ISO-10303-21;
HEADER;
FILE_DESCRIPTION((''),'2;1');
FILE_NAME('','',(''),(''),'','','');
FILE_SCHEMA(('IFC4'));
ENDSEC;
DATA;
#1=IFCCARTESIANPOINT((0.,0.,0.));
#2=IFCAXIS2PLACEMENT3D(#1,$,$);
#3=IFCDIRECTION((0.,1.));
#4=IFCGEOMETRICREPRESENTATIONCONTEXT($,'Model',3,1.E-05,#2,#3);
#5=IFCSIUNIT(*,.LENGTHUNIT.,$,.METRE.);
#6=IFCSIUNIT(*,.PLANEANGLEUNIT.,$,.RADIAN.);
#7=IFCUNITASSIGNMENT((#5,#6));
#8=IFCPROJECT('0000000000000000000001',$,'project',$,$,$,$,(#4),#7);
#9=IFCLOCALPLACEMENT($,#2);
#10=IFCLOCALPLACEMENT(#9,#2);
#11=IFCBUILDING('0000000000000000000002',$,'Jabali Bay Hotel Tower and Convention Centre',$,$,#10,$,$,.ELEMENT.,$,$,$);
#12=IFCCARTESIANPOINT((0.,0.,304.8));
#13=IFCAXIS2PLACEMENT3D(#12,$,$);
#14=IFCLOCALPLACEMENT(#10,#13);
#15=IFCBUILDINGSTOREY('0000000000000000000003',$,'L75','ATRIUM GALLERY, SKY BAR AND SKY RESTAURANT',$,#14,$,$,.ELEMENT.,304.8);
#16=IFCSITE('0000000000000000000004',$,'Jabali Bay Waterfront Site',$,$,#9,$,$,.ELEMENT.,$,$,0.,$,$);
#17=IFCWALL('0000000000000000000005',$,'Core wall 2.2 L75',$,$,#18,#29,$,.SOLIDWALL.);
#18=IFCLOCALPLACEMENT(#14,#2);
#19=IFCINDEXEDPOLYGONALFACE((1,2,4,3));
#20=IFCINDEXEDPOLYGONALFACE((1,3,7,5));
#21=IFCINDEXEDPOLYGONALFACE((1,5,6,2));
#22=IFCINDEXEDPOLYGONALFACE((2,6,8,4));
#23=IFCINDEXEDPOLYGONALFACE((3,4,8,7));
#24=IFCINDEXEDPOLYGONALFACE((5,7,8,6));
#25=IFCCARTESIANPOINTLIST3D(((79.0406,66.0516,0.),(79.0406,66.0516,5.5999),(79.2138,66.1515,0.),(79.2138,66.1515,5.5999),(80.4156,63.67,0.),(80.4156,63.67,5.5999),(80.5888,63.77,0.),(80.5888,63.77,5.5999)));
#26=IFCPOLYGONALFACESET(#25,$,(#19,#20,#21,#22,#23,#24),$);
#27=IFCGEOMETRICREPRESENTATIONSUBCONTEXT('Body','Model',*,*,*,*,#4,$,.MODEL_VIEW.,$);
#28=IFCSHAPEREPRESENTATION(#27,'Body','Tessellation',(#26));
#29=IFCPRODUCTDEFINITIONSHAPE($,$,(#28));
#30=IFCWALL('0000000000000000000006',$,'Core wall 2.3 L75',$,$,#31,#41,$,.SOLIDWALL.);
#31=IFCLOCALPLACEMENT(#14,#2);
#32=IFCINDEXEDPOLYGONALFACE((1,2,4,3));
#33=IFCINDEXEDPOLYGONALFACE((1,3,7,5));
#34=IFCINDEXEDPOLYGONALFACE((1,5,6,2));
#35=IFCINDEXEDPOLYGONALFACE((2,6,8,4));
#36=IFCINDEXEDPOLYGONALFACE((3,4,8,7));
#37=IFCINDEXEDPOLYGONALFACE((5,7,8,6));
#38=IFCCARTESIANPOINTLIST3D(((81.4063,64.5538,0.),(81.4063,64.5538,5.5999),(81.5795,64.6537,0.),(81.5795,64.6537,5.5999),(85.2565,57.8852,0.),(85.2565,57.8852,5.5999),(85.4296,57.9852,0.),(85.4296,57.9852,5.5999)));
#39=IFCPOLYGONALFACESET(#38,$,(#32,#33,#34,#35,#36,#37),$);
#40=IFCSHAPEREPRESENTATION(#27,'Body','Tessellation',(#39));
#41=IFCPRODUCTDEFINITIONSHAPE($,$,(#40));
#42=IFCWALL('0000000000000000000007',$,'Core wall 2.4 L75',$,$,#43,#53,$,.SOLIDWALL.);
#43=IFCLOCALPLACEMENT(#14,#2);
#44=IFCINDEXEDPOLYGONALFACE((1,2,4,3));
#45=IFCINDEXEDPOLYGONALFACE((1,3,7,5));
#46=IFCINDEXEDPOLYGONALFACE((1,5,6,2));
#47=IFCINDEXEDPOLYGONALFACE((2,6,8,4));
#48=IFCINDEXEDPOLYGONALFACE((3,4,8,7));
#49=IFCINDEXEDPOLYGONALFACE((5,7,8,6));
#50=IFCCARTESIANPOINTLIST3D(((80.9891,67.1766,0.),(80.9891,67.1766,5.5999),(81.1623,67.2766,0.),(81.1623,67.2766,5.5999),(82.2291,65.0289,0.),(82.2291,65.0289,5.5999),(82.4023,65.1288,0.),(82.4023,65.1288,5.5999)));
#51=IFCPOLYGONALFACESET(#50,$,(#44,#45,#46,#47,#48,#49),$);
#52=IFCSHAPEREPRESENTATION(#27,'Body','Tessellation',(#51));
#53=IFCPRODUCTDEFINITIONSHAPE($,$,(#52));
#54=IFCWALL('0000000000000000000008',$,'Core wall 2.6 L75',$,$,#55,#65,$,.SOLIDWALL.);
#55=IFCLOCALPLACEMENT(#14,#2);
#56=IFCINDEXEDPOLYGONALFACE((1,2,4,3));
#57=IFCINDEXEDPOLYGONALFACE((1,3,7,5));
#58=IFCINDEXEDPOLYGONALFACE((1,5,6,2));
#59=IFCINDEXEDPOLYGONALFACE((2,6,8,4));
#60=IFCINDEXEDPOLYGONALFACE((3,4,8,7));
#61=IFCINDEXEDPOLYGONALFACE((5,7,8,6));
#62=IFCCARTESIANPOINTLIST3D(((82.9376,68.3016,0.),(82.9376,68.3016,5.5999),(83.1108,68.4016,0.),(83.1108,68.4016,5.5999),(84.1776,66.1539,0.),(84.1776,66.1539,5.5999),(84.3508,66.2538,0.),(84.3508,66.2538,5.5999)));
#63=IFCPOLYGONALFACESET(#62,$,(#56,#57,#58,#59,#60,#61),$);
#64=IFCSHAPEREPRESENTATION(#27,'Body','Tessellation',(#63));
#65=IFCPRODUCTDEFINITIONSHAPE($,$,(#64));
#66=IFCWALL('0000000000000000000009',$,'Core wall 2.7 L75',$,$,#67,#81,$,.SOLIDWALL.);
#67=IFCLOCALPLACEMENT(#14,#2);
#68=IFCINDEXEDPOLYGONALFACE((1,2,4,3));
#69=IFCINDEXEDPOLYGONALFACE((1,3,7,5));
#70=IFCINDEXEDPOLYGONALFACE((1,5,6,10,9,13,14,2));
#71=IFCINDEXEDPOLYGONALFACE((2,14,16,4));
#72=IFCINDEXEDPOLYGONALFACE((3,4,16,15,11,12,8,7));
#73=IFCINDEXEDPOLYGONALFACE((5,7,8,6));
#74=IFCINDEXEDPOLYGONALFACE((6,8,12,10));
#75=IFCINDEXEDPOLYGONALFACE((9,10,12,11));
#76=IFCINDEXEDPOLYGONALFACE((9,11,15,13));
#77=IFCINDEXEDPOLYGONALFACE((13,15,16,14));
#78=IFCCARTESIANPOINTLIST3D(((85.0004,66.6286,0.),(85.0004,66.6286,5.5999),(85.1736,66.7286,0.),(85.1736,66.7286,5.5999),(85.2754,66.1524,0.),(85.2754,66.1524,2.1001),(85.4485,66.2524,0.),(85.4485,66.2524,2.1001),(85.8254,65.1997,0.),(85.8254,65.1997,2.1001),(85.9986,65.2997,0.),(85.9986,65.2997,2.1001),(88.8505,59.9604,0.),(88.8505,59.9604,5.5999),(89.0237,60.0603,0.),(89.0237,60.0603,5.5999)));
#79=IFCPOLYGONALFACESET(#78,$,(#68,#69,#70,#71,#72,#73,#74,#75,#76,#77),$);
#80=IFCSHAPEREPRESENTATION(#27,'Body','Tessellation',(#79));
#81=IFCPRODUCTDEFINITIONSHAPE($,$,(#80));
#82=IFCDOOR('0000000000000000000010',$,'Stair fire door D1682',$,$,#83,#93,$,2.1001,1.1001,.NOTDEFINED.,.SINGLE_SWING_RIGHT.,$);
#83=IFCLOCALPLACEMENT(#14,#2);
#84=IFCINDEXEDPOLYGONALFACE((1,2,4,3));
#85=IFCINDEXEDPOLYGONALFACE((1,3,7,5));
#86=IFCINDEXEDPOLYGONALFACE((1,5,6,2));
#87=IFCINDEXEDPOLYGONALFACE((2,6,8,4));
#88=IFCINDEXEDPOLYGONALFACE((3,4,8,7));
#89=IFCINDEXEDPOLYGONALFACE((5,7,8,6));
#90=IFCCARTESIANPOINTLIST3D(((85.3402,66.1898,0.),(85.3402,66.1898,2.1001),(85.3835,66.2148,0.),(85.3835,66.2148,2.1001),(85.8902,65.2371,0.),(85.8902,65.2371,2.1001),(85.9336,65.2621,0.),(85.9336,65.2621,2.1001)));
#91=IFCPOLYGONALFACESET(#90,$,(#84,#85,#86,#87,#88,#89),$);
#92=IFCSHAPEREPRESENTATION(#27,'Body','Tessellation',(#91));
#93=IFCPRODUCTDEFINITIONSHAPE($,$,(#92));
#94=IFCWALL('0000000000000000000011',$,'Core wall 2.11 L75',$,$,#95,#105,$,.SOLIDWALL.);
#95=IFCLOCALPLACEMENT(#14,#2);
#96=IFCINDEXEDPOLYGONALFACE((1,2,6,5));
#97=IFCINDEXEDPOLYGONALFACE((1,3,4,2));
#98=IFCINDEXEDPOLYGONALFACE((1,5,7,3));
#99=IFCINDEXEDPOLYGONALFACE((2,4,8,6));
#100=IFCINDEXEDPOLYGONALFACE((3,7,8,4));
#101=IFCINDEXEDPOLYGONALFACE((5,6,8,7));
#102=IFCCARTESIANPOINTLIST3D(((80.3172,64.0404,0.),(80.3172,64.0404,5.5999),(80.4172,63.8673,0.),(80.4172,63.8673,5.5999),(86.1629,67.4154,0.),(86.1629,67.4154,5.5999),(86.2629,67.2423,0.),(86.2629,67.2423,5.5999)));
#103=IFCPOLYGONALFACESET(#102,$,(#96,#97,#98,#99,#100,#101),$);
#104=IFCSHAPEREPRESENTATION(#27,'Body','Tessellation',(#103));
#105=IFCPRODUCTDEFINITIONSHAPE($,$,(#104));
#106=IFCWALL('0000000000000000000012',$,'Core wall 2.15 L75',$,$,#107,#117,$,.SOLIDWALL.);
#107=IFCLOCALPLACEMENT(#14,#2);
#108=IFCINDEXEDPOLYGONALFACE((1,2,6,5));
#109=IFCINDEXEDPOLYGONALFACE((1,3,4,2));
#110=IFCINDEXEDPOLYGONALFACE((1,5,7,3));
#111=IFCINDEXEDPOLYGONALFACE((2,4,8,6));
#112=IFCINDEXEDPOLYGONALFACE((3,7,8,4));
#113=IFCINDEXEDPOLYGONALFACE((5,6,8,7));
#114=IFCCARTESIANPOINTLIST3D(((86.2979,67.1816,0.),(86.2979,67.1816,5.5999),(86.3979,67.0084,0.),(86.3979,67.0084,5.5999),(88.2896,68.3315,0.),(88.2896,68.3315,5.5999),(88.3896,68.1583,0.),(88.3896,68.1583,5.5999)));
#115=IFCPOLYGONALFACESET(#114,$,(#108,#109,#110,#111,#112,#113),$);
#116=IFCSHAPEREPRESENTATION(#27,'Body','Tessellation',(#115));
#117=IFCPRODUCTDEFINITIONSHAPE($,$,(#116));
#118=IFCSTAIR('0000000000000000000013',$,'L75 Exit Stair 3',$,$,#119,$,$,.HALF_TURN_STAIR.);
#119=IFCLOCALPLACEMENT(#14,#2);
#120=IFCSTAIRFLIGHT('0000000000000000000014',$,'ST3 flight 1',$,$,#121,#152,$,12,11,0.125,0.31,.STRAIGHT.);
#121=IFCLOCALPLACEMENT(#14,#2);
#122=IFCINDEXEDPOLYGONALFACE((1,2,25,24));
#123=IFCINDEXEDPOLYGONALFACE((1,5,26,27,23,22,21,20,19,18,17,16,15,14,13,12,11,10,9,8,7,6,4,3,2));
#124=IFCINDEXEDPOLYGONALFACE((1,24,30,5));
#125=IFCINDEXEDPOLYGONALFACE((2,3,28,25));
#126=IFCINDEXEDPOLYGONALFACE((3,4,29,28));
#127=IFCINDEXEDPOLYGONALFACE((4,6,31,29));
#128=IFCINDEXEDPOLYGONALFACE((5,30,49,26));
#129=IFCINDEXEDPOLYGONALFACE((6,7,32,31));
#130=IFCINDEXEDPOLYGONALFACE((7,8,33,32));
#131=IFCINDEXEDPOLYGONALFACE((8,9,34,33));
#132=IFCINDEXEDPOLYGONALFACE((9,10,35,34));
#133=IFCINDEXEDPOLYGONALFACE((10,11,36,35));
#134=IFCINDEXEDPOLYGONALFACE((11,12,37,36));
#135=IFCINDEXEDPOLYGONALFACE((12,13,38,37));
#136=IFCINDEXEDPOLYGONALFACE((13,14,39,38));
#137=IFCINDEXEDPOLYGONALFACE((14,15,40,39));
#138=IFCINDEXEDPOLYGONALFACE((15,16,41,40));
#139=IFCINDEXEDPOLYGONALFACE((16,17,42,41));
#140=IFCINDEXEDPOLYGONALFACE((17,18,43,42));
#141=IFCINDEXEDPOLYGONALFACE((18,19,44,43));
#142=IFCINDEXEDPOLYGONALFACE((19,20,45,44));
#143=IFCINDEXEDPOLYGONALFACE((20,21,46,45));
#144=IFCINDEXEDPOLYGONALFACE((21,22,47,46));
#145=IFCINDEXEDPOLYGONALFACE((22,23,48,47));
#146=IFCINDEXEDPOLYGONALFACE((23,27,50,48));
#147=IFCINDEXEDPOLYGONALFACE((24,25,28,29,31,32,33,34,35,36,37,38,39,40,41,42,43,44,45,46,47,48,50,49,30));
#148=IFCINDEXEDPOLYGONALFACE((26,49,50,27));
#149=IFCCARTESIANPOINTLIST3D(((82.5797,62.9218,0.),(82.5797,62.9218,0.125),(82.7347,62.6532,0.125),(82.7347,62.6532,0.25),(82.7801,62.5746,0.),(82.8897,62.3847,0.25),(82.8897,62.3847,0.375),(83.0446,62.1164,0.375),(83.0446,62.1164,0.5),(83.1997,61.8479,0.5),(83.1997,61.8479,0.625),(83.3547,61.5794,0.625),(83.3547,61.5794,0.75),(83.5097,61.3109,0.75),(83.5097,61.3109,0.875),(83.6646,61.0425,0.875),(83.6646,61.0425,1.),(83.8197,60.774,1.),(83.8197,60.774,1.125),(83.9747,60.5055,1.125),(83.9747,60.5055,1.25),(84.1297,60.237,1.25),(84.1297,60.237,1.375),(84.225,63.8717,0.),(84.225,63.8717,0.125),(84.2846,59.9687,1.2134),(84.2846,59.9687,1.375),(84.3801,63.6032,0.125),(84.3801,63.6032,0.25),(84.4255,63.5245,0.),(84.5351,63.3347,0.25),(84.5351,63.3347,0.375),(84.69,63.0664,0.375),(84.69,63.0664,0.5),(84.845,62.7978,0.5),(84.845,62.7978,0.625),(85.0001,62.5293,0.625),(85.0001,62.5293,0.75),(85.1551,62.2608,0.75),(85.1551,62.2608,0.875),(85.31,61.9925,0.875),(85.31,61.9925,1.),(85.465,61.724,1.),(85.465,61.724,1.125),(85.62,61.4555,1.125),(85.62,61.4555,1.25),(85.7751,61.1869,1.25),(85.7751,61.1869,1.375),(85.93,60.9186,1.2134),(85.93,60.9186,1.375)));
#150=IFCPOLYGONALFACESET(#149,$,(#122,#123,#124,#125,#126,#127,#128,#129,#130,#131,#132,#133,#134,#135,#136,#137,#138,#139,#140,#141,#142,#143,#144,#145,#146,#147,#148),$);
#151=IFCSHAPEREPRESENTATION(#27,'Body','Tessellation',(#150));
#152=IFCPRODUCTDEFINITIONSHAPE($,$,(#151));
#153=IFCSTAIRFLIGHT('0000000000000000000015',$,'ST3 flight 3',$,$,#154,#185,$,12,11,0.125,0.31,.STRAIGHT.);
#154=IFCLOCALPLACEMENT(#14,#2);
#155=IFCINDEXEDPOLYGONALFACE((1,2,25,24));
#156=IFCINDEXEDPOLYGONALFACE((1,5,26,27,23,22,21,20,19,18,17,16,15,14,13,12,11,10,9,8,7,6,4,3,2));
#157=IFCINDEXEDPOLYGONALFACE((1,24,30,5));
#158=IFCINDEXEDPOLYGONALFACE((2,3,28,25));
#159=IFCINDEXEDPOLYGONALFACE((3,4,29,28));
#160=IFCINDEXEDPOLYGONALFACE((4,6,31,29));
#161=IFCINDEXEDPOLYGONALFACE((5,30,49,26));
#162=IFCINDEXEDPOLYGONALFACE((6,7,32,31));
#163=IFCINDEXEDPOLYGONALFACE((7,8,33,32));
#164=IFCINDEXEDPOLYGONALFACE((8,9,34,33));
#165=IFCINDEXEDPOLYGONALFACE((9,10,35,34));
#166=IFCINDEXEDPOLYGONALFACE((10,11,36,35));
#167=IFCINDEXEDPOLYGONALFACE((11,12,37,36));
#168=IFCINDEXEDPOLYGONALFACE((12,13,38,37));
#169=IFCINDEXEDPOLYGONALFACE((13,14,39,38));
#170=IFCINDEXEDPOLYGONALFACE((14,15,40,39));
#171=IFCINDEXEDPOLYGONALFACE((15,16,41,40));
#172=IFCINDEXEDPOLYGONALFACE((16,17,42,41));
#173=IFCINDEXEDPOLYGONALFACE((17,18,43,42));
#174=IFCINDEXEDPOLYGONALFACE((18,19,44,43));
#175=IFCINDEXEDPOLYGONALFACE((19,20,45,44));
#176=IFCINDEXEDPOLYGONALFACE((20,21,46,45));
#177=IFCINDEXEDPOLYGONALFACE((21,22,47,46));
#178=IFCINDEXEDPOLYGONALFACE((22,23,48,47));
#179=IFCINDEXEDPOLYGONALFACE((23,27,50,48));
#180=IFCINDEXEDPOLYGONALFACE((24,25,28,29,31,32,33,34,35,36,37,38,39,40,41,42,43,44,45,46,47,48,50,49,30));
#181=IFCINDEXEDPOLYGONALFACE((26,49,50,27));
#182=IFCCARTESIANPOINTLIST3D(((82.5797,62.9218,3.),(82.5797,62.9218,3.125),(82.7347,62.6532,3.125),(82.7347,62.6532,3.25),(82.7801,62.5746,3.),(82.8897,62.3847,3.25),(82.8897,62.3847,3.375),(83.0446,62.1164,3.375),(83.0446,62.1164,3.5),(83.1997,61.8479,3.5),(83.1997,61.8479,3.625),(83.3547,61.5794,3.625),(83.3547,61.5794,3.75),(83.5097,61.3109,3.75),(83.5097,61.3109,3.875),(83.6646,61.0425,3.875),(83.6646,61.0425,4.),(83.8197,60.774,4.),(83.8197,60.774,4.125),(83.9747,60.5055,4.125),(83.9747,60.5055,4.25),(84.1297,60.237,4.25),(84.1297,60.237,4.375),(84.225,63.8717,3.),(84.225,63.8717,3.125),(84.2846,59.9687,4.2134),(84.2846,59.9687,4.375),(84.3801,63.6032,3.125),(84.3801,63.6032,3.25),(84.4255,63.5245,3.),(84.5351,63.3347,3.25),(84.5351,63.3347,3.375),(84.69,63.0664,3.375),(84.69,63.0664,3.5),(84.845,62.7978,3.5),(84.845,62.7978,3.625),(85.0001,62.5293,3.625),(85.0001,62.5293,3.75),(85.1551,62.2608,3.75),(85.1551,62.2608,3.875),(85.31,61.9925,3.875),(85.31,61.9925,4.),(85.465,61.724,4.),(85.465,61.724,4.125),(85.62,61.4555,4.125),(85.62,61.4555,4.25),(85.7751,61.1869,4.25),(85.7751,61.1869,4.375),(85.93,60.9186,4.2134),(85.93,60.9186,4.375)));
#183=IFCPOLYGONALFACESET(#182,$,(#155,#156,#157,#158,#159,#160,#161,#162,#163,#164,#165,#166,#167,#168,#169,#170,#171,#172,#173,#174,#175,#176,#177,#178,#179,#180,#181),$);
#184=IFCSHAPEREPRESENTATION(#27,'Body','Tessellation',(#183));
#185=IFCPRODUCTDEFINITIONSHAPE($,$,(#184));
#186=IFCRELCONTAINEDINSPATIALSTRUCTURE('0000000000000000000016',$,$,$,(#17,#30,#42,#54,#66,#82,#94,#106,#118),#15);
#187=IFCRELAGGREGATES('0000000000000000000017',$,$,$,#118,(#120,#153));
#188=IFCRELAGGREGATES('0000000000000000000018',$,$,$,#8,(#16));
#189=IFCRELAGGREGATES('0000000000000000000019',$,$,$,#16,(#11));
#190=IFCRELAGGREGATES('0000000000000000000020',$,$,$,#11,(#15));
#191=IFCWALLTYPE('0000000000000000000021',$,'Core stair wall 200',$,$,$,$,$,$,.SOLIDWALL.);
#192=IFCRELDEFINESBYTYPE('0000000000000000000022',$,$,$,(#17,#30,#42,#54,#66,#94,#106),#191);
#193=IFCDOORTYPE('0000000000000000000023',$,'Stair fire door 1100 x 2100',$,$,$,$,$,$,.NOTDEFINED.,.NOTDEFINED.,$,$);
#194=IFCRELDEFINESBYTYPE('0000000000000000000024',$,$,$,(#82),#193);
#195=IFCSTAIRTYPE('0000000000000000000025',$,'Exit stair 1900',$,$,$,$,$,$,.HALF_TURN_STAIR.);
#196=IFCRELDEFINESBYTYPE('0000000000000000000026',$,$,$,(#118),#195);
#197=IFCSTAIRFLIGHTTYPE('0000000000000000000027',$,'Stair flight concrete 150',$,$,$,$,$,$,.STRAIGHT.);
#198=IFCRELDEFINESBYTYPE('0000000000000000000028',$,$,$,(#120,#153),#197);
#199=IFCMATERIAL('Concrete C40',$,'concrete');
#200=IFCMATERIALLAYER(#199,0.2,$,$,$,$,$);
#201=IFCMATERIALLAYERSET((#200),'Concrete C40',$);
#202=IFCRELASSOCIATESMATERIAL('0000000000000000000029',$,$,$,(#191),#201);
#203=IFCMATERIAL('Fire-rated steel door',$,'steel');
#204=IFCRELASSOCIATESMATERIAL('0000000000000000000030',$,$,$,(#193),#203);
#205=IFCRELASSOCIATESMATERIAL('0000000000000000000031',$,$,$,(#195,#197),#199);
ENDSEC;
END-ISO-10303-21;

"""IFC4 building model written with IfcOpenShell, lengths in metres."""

from ifc_helpers import new_model, si_unit, direction, frame, frame_2d, origin, place, context, subcontext, project, spatial, polyline, rectangle, outline, extrude, material, layer, layer_set, type_object, element, fill, aggregate, save


model = new_model("IFC4")

# Units and contexts
model_context = context("Model", 3, precision=1e-05, world=origin(), true_north=direction((0.0, 1.0)))
body_context = subcontext(model_context, "Body", "Model", "MODEL_VIEW")
ifc_project = project(units=[si_unit("LENGTHUNIT", "METRE"), si_unit("PLANEANGLEUNIT", "RADIAN")], contexts=[model_context])

# Site, building, storey
site_placement = place(None, origin())
site = spatial("IfcSite", under=ifc_project, at=site_placement, Name="Jabali Bay Waterfront Site", CompositionType="ELEMENT", RefElevation=0.0)
building_placement = place(site_placement, origin())
building = spatial("IfcBuilding", under=site, at=building_placement, Name="Jabali Bay Hotel Tower and Convention Centre", CompositionType="ELEMENT")
storey_placement = place(building_placement, frame((0.0, 0.0, 304.8)))
storey = spatial("IfcBuildingStorey", under=building, at=storey_placement, Name="L75", Description="ATRIUM GALLERY, SKY BAR AND SKY RESTAURANT", CompositionType="ELEMENT", Elevation=304.8)

# Shared definitions
ifc_material_1 = material(Name="Concrete C40", Category="concrete")
ifc_material_2 = material(Name="Fire-rated steel door", Category="steel")

# Walls
ifc_layer_1 = layer(ifc_material_1, 0.2)
ifc_layer_set_1 = layer_set([ifc_layer_1], Name="Concrete C40")
wall_type_1 = type_object("IfcWallType", Name="Core stair wall 200", PredefinedType="SOLIDWALL", material=ifc_layer_set_1)
wall_1_placement = place(storey_placement, frame((79.1272, 66.1016, 0.0), z_axis=(0.0, 0.0, 1.0), x_axis=(0.499997, -0.866027, 0.0)))
element("IfcWall", 1, at=wall_1_placement, inside=storey, type_object=wall_type_1, Name="Core wall 2.2 L75", PredefinedType="SOLIDWALL", context=body_context, shape_type="SweptSolid", body=[
    extrude(rectangle(XDim=2.75, YDim=0.2, at=frame_2d((1.375, 0.0))), origin(), (0.0, 0.0, 1.0), 5.5999),
])
wall_2_placement = place(storey_placement, frame((81.4929, 64.6038, 0.0), z_axis=(0.0, 0.0, 1.0), x_axis=(0.500006, -0.866022, 0.0)))
element("IfcWall", 2, at=wall_2_placement, inside=storey, type_object=wall_type_1, Name="Core wall 2.3 L75", PredefinedType="SOLIDWALL", context=body_context, shape_type="SweptSolid", body=[
    extrude(rectangle(XDim=7.7002, YDim=0.2, at=frame_2d((3.8501, 0.0))), origin(), (0.0, 0.0, 1.0), 5.5999),
])
for number, where, z_axis, x_axis, name in (
    (3, (81.0757, 67.2266, 0.0), (0.0, 0.0, 1.0), (0.500004, -0.866023, 0.0), "Core wall 2.4 L75"),
    (4, (83.0242, 68.3516, 0.0), (0.0, 0.0, 1.0), (0.500004, -0.866023, 0.0), "Core wall 2.6 L75"),
):
    element("IfcWall", number, at=place(storey_placement, frame(where, z_axis=z_axis, x_axis=x_axis)), inside=storey, type_object=wall_type_1, Name=name, PredefinedType="SOLIDWALL", context=body_context, shape_type="SweptSolid", body=[
        extrude(rectangle(XDim=2.48, YDim=0.2, at=frame_2d((1.24, 0.0))), origin(), (0.0, 0.0, 1.0), 5.5999),
    ])

# Wall, opening, door
wall_3_placement = place(storey_placement, frame((85.0869, 66.6787, 0.0), z_axis=(0.0, 0.0, 1.0), x_axis=(0.50002, -0.866014, 0.0)))
wall_3 = element("IfcWall", 5, at=wall_3_placement, inside=storey, type_object=wall_type_1, Name="Core wall 2.7 L75", PredefinedType="SOLIDWALL", context=body_context, shape_type="SweptSolid", body=[
    extrude(rectangle(XDim=7.7, YDim=0.2, at=frame_2d((3.8501, 0.0))), origin(), (0.0, 0.0, 1.0), 5.5999),
])
opening_1_placement = place(wall_3_placement, frame((0.55, 0.0, 0.0)))
opening_1 = element("IfcOpeningElement", 6, at=opening_1_placement, cuts=wall_3, PredefinedType="OPENING", context=body_context, shape_type="SweptSolid", body=[
    extrude(rectangle(XDim=1.1001, YDim=2.1001, at=frame_2d((0.55, 1.05))), frame((0.0, 0.1104, 0.0), z_axis=(0.0, -1.0, 0.0), x_axis=(1.0, 0.0, 0.0)), (0.0, 0.0, 1.0), 0.2209),
])
door_type_1 = type_object("IfcDoorType", Name="Stair fire door 1100 x 2100", OperationType="NOTDEFINED", PredefinedType="NOTDEFINED", material=ifc_material_2)
door_1_placement = place(opening_1_placement, origin())
door_1 = element("IfcDoor", 7, at=door_1_placement, inside=storey, type_object=door_type_1, Name="Stair fire door D1682", OperationType="SINGLE_SWING_RIGHT", OverallHeight=2.1001, OverallWidth=1.1001, PredefinedType="NOTDEFINED", context=body_context, shape_type="SweptSolid", body=[
    extrude(rectangle(XDim=1.1001, YDim=2.1001, at=frame_2d((0.55, 1.05))), frame((0.0, 0.0249, 0.0), z_axis=(0.0, -1.0, 0.0), x_axis=(1.0, 0.0, 0.0)), (0.0, 0.0, 1.0), 0.05),
])
fill(opening_1, door_1)

# Walls
wall_4_placement = place(storey_placement, frame((80.3672, 63.9539, 0.0), z_axis=(0.0, 0.0, 1.0), x_axis=(0.866027, 0.499998, 0.0)))
element("IfcWall", 8, at=wall_4_placement, inside=storey, type_object=wall_type_1, Name="Core wall 2.11 L75", PredefinedType="SOLIDWALL", context=body_context, shape_type="SweptSolid", body=[
    extrude(rectangle(XDim=6.75, YDim=0.2, at=frame_2d((3.375, 0.0))), origin(), (0.0, 0.0, 1.0), 5.5999),
])
wall_5_placement = place(storey_placement, frame((86.3479, 67.095, 0.0), z_axis=(0.0, 0.0, 1.0), x_axis=(0.866026, 0.499998, 0.0)))
element("IfcWall", 9, at=wall_5_placement, inside=storey, type_object=wall_type_1, Name="Core wall 2.15 L75", PredefinedType="SOLIDWALL", context=body_context, shape_type="SweptSolid", body=[
    extrude(rectangle(XDim=2.2998, YDim=0.2, at=frame_2d((1.1499, 0.0))), origin(), (0.0, 0.0, 1.0), 5.5999),
])

# Stair, stair flights
stair_type = type_object("IfcStairType", Name="Exit stair 1900", PredefinedType="HALF_TURN_STAIR", material=ifc_material_1)
stair_placement = place(storey_placement, origin())
stair = element("IfcStair", 10, at=stair_placement, inside=storey, type_object=stair_type, Name="L75 Exit Stair 3", PredefinedType="HALF_TURN_STAIR")
stair_flight_type = type_object("IfcStairFlightType", Name="Stair flight concrete 150", PredefinedType="STRAIGHT", material=ifc_material_1)
stair_flight_1_placement = place(storey_placement, frame((83.4023, 63.3967, 0.0), z_axis=(0.0, 0.0, 1.0), x_axis=(0.5, -0.866025, 0.0)))
stair_flight_1 = element("IfcStairFlight", 11, at=stair_flight_1_placement, type_object=stair_flight_type, Name="ST3 flight 1", NumberOfRisers=12, NumberOfTreads=11, PredefinedType="STRAIGHT", RiserHeight=0.125, TreadLength=0.31, context=body_context, shape_type="SweptSolid", body=[
    extrude(outline(polyline([(0.0, 0.0), (0.0, 0.125), (0.3101, 0.125), (0.3101, 0.25), (0.6201, 0.25), (0.6201, 0.375), (0.9299, 0.375), (0.9299, 0.5), (1.24, 0.5), (1.24, 0.625), (1.55, 0.625), (1.55, 0.75), (1.8601, 0.75), (1.8601, 0.875), (2.1699, 0.875), (2.1699, 1.0), (2.48, 1.0), (2.48, 1.125), (2.79, 1.125), (2.79, 1.25), (3.1001, 1.25), (3.1001, 1.375), (3.4099, 1.375), (3.4099, 1.5), (3.4099, 1.2134), (0.4009, 0.0), (0.0, 0.0)])), frame((0.0, 0.95, 0.0), z_axis=(0.0, -1.0, 0.0), x_axis=(1.0, 0.0, 0.0)), (0.0, 0.0, 1.0), 1.8999),
])
stair_flight_2_placement = place(storey_placement, frame((83.4023, 63.3967, 3.0), z_axis=(0.0, 0.0, 1.0), x_axis=(0.5, -0.866025, 0.0)))
stair_flight_2 = element("IfcStairFlight", 12, at=stair_flight_2_placement, type_object=stair_flight_type, Name="ST3 flight 3", NumberOfRisers=12, NumberOfTreads=11, PredefinedType="STRAIGHT", RiserHeight=0.125, TreadLength=0.31, context=body_context, shape_type="SweptSolid", body=[
    extrude(outline(polyline([(0.0, 0.0), (0.0, 0.125), (0.3101, 0.125), (0.3101, 0.25), (0.6201, 0.25), (0.6201, 0.375), (0.9299, 0.375), (0.9299, 0.5), (1.24, 0.5), (1.24, 0.625), (1.55, 0.625), (1.55, 0.75), (1.8601, 0.75), (1.8601, 0.875), (2.1699, 0.875), (2.1699, 1.0), (2.48, 1.0), (2.48, 1.125), (2.79, 1.125), (2.79, 1.25), (3.1001, 1.25), (3.1001, 1.375), (3.4099, 1.375), (3.4099, 1.5), (3.4099, 1.2134), (0.4009, 0.0), (0.0, 0.0)])), frame((0.0, 0.95, 0.0), z_axis=(0.0, -1.0, 0.0), x_axis=(1.0, 0.0, 0.0)), (0.0, 0.0, 1.0), 1.8999),
])
aggregate(stair, [stair_flight_1, stair_flight_2])

save(model, "model.ifc")
